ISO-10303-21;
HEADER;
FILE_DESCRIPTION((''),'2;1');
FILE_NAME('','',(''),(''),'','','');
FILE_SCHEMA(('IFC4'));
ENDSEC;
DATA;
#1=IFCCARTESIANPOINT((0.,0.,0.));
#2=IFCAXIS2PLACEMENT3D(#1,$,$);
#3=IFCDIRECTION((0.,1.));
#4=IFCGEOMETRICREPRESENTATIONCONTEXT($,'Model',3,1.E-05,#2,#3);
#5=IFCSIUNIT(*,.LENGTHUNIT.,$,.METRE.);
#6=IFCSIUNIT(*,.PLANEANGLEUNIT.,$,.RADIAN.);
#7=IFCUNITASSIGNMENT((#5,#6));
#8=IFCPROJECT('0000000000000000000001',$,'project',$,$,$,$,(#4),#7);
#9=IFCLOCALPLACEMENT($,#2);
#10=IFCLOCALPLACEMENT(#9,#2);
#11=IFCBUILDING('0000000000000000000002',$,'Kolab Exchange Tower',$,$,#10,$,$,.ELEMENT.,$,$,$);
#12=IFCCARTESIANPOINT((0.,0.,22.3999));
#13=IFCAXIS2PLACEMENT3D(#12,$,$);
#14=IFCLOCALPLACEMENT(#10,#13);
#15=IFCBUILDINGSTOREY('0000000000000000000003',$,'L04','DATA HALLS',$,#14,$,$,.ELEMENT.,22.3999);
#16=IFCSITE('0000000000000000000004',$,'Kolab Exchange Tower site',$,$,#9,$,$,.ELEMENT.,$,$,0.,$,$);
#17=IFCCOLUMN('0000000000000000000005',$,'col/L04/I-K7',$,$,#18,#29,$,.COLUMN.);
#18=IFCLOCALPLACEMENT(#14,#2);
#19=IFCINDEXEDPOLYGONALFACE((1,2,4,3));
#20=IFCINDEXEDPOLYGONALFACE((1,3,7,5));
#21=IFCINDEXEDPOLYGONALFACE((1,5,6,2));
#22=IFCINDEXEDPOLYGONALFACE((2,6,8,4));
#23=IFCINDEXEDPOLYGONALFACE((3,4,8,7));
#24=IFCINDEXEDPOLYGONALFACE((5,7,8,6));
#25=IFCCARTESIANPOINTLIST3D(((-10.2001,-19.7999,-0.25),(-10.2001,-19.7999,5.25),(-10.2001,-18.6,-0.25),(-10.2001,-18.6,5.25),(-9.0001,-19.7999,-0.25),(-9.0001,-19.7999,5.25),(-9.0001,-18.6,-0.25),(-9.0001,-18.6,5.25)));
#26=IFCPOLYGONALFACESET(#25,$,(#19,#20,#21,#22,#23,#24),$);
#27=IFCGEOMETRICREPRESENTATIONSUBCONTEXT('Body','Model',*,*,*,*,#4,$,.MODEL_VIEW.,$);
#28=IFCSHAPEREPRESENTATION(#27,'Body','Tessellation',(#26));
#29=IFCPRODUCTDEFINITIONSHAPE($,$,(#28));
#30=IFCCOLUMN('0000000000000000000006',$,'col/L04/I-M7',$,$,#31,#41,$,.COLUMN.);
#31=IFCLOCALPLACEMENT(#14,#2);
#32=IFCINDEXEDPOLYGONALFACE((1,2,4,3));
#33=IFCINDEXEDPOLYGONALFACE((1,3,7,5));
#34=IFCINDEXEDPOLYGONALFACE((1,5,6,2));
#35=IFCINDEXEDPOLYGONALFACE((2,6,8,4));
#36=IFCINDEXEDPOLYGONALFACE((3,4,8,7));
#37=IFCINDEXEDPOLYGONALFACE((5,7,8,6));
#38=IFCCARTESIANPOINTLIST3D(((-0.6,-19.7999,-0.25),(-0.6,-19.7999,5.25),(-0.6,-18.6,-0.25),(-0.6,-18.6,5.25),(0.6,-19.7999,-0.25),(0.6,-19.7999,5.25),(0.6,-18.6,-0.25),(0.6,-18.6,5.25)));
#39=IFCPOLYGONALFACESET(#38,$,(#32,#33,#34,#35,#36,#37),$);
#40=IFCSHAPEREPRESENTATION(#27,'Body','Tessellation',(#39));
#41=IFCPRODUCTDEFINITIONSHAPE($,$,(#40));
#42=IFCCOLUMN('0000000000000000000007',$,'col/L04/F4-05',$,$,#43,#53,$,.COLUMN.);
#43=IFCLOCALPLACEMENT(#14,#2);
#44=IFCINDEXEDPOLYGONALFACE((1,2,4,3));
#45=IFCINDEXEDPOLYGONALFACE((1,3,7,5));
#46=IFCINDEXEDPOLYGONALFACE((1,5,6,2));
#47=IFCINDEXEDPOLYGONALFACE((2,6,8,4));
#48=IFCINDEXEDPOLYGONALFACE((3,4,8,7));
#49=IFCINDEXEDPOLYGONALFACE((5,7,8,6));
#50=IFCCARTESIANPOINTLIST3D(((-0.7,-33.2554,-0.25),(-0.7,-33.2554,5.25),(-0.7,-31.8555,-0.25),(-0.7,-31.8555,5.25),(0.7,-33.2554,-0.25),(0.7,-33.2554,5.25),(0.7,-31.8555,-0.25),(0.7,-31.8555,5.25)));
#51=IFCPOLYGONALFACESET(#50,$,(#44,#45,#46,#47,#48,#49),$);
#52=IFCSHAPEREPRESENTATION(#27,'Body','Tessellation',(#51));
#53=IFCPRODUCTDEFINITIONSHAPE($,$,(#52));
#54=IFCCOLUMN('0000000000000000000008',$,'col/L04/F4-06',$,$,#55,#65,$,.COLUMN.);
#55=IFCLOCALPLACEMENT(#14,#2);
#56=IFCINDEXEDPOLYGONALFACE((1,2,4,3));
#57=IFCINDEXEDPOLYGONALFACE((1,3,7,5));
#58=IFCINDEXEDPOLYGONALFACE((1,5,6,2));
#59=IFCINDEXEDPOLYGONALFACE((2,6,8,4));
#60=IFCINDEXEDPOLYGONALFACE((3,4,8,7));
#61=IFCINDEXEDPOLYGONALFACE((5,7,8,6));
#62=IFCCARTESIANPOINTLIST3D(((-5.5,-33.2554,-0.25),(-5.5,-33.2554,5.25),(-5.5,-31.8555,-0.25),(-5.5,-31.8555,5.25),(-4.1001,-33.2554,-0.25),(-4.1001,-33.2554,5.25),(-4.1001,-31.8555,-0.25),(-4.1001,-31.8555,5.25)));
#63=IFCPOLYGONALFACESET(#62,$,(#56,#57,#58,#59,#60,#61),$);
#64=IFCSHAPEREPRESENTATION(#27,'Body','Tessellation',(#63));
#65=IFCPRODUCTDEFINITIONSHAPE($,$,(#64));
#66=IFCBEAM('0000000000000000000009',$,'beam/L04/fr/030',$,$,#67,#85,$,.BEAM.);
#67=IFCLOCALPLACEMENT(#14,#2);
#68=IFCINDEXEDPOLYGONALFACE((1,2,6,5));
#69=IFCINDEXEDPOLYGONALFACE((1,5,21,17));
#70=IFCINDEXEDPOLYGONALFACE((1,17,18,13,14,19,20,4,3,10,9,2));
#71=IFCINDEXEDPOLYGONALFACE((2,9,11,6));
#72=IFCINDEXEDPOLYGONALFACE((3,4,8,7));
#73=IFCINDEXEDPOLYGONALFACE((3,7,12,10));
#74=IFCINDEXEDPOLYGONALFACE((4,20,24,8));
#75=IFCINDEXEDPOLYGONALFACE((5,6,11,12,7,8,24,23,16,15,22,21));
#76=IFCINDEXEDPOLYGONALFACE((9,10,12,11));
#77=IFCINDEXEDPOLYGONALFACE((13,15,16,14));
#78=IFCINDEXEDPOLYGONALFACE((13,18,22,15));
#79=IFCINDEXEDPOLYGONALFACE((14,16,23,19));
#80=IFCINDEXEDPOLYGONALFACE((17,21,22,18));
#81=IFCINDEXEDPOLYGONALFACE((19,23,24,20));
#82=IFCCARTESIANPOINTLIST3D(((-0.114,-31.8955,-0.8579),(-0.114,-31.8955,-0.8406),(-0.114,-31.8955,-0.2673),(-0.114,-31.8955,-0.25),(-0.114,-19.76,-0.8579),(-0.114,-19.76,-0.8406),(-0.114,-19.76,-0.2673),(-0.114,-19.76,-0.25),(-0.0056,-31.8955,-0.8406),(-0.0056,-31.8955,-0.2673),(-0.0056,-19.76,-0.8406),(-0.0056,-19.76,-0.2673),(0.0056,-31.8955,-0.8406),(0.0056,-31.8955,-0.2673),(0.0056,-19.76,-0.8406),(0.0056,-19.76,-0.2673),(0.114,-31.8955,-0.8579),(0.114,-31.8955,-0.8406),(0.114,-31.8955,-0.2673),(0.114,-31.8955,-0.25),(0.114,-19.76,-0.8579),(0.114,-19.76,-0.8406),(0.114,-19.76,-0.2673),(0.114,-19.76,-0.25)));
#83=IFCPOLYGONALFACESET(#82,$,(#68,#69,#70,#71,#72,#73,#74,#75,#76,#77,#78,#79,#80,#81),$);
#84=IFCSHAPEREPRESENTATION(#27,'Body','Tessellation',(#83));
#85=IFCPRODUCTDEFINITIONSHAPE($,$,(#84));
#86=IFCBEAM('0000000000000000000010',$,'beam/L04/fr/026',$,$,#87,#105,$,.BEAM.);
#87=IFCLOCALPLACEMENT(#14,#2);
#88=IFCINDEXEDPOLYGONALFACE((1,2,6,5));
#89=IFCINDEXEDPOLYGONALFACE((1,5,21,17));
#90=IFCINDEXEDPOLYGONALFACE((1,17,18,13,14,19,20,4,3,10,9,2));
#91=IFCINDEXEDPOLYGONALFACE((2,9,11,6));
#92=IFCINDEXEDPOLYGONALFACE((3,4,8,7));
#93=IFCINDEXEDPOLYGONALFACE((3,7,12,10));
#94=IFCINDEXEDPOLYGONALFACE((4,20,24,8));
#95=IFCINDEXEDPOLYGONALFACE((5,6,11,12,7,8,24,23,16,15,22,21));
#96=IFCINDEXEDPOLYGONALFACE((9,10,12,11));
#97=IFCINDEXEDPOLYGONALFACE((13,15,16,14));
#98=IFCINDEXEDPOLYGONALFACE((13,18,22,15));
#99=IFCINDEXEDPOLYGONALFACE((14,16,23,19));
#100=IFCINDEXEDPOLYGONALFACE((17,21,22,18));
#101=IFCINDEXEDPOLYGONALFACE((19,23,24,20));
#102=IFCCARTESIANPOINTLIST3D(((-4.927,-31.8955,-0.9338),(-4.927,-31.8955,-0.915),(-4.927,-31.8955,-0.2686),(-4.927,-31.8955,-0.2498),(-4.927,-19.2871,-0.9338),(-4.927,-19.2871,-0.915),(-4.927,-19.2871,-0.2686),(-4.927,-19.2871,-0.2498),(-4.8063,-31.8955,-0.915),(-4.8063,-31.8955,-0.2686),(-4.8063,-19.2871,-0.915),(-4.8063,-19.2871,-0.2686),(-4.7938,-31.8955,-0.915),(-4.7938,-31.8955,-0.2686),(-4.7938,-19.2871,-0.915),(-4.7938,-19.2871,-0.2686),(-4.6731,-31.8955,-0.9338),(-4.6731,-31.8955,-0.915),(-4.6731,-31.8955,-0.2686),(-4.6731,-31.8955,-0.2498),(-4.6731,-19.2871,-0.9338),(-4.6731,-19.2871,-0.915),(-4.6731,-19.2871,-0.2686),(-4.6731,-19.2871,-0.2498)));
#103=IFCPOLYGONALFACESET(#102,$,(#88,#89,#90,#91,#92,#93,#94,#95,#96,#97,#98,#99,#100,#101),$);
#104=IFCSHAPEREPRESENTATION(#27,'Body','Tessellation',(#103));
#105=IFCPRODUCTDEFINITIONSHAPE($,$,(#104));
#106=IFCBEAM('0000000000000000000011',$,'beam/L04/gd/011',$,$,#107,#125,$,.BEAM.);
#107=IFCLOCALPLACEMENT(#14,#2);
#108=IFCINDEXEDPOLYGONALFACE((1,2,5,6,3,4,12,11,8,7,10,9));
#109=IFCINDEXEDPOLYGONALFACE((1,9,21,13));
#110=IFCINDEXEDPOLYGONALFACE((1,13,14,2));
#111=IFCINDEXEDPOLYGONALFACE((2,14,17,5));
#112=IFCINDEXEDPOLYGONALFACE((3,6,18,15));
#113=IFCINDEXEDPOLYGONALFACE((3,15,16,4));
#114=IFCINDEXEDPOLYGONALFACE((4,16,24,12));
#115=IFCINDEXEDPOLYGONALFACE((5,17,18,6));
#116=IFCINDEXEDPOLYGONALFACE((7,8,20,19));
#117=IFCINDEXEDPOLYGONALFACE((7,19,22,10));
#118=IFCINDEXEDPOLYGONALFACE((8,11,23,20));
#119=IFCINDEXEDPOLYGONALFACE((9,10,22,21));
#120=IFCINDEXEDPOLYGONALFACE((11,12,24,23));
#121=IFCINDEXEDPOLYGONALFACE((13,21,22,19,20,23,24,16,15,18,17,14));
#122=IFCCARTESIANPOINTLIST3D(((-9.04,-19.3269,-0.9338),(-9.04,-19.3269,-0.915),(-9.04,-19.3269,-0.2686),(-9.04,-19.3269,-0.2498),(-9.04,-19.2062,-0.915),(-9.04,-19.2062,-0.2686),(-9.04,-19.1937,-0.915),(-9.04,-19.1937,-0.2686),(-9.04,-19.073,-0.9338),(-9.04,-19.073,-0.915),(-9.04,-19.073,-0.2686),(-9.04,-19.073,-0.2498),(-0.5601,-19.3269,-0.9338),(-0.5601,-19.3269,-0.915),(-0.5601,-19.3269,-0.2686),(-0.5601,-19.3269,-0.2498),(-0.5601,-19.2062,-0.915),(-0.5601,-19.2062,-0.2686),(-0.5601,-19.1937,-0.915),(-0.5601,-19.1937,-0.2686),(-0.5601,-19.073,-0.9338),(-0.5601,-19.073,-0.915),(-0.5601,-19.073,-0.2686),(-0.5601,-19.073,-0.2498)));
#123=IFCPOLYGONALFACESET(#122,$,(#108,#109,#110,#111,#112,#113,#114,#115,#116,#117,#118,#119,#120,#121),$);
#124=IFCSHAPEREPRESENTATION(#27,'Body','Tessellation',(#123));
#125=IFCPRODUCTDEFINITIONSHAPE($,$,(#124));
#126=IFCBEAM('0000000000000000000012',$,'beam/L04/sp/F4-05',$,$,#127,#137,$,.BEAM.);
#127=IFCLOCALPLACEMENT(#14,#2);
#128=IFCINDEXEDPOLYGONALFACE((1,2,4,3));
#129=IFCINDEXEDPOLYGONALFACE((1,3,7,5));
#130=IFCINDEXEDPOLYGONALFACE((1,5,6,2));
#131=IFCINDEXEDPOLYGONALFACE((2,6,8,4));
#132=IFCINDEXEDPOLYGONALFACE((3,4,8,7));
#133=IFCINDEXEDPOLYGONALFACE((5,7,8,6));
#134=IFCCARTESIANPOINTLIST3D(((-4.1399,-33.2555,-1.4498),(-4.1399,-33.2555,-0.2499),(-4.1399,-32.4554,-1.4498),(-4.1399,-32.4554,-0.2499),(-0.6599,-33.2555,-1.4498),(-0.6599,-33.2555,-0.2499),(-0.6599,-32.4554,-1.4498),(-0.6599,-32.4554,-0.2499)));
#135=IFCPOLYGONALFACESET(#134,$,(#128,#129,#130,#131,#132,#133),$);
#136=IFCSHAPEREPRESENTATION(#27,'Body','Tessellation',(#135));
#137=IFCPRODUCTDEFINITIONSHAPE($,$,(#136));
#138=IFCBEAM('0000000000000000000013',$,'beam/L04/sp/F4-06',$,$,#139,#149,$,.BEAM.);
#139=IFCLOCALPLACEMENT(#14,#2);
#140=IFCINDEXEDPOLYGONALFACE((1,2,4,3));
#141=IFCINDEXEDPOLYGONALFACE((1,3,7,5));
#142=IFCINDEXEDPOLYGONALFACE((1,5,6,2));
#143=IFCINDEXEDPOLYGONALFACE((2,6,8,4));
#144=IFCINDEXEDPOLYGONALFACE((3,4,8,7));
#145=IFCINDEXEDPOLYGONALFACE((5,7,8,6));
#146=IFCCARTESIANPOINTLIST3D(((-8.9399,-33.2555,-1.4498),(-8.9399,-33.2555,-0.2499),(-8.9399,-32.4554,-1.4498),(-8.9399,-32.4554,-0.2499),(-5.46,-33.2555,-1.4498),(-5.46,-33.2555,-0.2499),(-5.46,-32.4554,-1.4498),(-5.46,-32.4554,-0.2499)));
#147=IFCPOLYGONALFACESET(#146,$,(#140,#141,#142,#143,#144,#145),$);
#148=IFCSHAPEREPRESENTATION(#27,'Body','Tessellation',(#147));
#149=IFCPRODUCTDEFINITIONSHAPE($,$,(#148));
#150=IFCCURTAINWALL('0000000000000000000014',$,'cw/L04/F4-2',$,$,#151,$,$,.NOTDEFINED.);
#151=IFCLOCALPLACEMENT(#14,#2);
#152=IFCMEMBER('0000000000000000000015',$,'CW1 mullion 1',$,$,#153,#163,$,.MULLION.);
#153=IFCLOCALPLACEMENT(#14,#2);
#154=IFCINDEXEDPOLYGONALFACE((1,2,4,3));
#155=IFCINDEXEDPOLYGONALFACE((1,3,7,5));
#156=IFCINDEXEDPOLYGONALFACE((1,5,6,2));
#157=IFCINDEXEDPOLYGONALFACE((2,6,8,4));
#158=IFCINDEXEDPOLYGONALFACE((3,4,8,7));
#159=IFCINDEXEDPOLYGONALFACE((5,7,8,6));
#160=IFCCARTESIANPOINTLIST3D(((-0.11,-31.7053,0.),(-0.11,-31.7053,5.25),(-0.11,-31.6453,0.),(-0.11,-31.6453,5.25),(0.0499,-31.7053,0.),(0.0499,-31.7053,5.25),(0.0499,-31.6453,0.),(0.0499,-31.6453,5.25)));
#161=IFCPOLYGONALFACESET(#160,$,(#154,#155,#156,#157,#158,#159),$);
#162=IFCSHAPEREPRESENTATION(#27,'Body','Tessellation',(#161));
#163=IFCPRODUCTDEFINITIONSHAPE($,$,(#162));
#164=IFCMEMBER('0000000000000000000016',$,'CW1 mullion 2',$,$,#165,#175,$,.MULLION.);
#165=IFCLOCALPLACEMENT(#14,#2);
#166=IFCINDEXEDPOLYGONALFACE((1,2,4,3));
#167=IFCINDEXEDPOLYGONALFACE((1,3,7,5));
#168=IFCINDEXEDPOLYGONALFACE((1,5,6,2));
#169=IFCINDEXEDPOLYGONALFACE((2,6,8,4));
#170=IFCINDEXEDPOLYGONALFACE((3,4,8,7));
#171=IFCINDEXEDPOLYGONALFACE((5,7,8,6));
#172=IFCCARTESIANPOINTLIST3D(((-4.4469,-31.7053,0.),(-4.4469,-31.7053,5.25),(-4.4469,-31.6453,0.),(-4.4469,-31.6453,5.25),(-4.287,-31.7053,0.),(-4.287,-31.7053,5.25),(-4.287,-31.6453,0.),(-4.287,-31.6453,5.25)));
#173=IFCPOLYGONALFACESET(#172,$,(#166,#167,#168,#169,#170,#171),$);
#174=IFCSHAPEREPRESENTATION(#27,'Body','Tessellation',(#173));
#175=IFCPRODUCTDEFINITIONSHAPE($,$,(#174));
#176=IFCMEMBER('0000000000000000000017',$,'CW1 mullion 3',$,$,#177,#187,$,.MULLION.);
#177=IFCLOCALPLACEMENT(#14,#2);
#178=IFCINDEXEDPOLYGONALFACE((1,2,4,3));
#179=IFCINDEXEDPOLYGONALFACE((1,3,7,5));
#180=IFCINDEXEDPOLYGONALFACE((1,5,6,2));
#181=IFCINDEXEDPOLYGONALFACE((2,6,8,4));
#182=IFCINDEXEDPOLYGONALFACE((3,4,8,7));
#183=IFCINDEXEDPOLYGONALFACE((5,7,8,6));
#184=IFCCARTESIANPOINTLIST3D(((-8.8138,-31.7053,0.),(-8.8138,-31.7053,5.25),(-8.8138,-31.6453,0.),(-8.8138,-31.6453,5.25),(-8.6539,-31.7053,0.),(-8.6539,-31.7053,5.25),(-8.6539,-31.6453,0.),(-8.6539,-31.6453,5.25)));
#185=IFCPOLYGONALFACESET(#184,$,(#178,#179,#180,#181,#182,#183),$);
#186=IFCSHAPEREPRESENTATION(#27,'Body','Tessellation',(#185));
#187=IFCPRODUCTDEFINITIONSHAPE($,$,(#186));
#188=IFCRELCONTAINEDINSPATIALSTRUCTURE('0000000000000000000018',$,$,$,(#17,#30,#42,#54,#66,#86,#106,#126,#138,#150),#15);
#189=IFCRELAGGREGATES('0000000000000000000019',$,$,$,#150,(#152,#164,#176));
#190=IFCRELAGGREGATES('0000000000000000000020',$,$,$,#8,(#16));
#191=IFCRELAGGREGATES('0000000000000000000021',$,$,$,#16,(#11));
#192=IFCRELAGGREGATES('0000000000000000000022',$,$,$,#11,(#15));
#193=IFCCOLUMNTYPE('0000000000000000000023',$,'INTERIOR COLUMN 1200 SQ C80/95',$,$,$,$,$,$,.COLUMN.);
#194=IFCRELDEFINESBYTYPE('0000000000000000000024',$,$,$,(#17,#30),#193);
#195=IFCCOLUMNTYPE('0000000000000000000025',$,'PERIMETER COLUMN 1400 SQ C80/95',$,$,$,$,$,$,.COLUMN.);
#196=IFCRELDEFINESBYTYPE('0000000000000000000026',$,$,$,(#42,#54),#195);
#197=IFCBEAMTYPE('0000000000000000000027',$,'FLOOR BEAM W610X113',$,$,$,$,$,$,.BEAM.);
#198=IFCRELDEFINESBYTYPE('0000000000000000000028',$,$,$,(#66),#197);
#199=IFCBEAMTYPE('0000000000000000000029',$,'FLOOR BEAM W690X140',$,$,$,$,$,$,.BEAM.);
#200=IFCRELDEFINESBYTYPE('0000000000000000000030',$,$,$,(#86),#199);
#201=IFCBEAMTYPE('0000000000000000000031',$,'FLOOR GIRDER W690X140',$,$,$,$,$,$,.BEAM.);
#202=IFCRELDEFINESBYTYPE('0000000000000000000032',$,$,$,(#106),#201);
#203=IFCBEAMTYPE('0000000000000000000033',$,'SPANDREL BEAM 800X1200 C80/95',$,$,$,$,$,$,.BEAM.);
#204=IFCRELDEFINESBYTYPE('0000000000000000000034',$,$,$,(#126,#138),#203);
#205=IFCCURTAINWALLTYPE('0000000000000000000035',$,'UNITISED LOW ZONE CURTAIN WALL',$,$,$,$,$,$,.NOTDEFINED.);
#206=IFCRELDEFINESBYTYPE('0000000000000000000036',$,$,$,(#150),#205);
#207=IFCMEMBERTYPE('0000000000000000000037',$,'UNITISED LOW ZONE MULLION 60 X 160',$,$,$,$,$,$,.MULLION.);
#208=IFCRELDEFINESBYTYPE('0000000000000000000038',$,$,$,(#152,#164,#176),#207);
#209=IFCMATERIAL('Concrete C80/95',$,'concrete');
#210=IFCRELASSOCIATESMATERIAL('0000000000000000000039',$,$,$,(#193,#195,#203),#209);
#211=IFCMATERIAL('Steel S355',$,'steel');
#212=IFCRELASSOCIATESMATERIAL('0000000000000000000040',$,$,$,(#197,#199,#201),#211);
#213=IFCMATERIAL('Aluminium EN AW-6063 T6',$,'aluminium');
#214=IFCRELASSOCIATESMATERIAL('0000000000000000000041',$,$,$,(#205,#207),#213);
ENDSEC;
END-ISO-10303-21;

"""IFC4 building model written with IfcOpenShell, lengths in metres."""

from ifc_helpers import new_model, si_unit, direction, frame, origin, origin_2d, place, context, subcontext, project, spatial, rectangle, i_section, extrude, material, material_profile, profile_set, type_object, element, aggregate, save


model = new_model("IFC4")

# Units and contexts
model_context = context("Model", 3, precision=1e-05, world=origin(), true_north=direction((0.0, 1.0)))
body_context = subcontext(model_context, "Body", "Model", "MODEL_VIEW")
ifc_project = project(units=[si_unit("LENGTHUNIT", "METRE"), si_unit("PLANEANGLEUNIT", "RADIAN")], contexts=[model_context])

# Site, building, storey
site_placement = place(None, origin())
site = spatial("IfcSite", under=ifc_project, at=site_placement, Name="Kolab Exchange Tower site", CompositionType="ELEMENT", RefElevation=0.0)
building_placement = place(site_placement, origin())
building = spatial("IfcBuilding", under=site, at=building_placement, Name="Kolab Exchange Tower", CompositionType="ELEMENT")
storey_placement = place(building_placement, frame((0.0, 0.0, 22.3999)))
storey = spatial("IfcBuildingStorey", under=building, at=storey_placement, Name="L04", Description="DATA HALLS", CompositionType="ELEMENT", Elevation=22.3999)

# Columns
ifc_material_1 = material(Name="Concrete C80/95", Category="concrete")
ifc_material_profile_1 = material_profile(ifc_material_1, rectangle(XDim=1.2, YDim=1.2, at=origin_2d()), Name="RC1200")
ifc_profile_set_1 = profile_set([ifc_material_profile_1], Name="Concrete C80/95")
column_type_1 = type_object("IfcColumnType", Name="INTERIOR COLUMN 1200 SQ C80/95", PredefinedType="COLUMN", material=ifc_profile_set_1)
for number, where, z_axis, x_axis, name in (
    (1, (-9.6001, -19.2, -0.25), (0.0, 0.0, 1.0), (1.0, 0.0, 0.0), "col/L04/I-K7"),
    (2, (0.0, -19.2, -0.25), (0.0, 0.0, 1.0), (1.0, 0.0, 0.0), "col/L04/I-M7"),
):
    element("IfcColumn", number, at=place(storey_placement, frame(where, z_axis=z_axis, x_axis=x_axis)), inside=storey, type_object=column_type_1, Name=name, PredefinedType="COLUMN", context=body_context, shape_type="SweptSolid", body=[
        extrude(rectangle(XDim=1.2, YDim=1.2, at=origin_2d()), origin(), (0.0, 0.0, 1.0), 5.5),
    ])
ifc_material_profile_2 = material_profile(ifc_material_1, rectangle(XDim=1.3999, YDim=1.3999, at=origin_2d()), Name="RC1400")
ifc_profile_set_2 = profile_set([ifc_material_profile_2], Name="Concrete C80/95")
column_type_2 = type_object("IfcColumnType", Name="PERIMETER COLUMN 1400 SQ C80/95", PredefinedType="COLUMN", material=ifc_profile_set_2)
for number, where, z_axis, x_axis, name in (
    (3, (0.0, -32.5554, -0.25), (0.0, 0.0, 1.0), (1.0, 0.0, 0.0), "col/L04/F4-05"),
    (4, (-4.8, -32.5554, -0.25), (0.0, 0.0, 1.0), (1.0, 0.0, 0.0), "col/L04/F4-06"),
):
    element("IfcColumn", number, at=place(storey_placement, frame(where, z_axis=z_axis, x_axis=x_axis)), inside=storey, type_object=column_type_2, Name=name, PredefinedType="COLUMN", context=body_context, shape_type="SweptSolid", body=[
        extrude(rectangle(XDim=1.3999, YDim=1.3999, at=origin_2d()), origin(), (0.0, 0.0, 1.0), 5.5),
    ])

# Beams
ifc_material_2 = material(Name="Steel S355", Category="steel")
ifc_material_profile_3 = material_profile(ifc_material_2, i_section(OverallWidth=0.228, OverallDepth=0.6079, WebThickness=0.0112, FlangeThickness=0.0173, at=origin_2d()), Name="W610X113")
ifc_profile_set_3 = profile_set([ifc_material_profile_3], Name="Steel S355")
beam_type_1 = type_object("IfcBeamType", Name="FLOOR BEAM W610X113", PredefinedType="BEAM", material=ifc_profile_set_3)
beam_1_placement = place(storey_placement, frame((0.0, -31.8955, -0.554), z_axis=(0.0, 1.0, 0.0), x_axis=(-1.0, 0.0, 0.0)))
element("IfcBeam", 5, at=beam_1_placement, inside=storey, type_object=beam_type_1, Name="beam/L04/fr/030", PredefinedType="BEAM", context=body_context, shape_type="SweptSolid", body=[
    extrude(i_section(OverallWidth=0.228, OverallDepth=0.6079, WebThickness=0.0112, FlangeThickness=0.0173, at=origin_2d()), origin(), (0.0, 0.0, 1.0), 12.1355),
])
ifc_material_profile_4 = material_profile(ifc_material_2, i_section(OverallWidth=0.2539, OverallDepth=0.6841, WebThickness=0.0125, FlangeThickness=0.0188, at=origin_2d()), Name="W690X140")
ifc_profile_set_4 = profile_set([ifc_material_profile_4], Name="Steel S355")
beam_type_2 = type_object("IfcBeamType", Name="FLOOR BEAM W690X140", PredefinedType="BEAM", material=ifc_profile_set_4)
beam_2_placement = place(storey_placement, frame((-4.8, -31.8955, -0.5918), z_axis=(0.0, 1.0, 0.0), x_axis=(-1.0, 0.0, 0.0)))
element("IfcBeam", 6, at=beam_2_placement, inside=storey, type_object=beam_type_2, Name="beam/L04/fr/026", PredefinedType="BEAM", context=body_context, shape_type="SweptSolid", body=[
    extrude(i_section(OverallWidth=0.2539, OverallDepth=0.6841, WebThickness=0.0125, FlangeThickness=0.0188, at=origin_2d()), origin(), (0.0, 0.0, 1.0), 12.6084),
])
ifc_material_profile_5 = material_profile(ifc_material_2, i_section(OverallWidth=0.2539, OverallDepth=0.6841, WebThickness=0.0125, FlangeThickness=0.0188, at=origin_2d()), Name="W690X140")
ifc_profile_set_5 = profile_set([ifc_material_profile_5], Name="Steel S355")
beam_type_3 = type_object("IfcBeamType", Name="FLOOR GIRDER W690X140", PredefinedType="BEAM", material=ifc_profile_set_5)
beam_3_placement = place(storey_placement, frame((-9.04, -19.2, -0.5918), z_axis=(1.0, 0.0, 0.0), x_axis=(0.0, 1.0, 0.0)))
element("IfcBeam", 7, at=beam_3_placement, inside=storey, type_object=beam_type_3, Name="beam/L04/gd/011", PredefinedType="BEAM", context=body_context, shape_type="SweptSolid", body=[
    extrude(i_section(OverallWidth=0.2539, OverallDepth=0.6841, WebThickness=0.0125, FlangeThickness=0.0188, at=origin_2d()), origin(), (0.0, 0.0, 1.0), 8.48),
])
ifc_material_profile_6 = material_profile(ifc_material_1, rectangle(XDim=0.8, YDim=1.2, at=origin_2d()), Name="RC800X1200")
ifc_profile_set_6 = profile_set([ifc_material_profile_6], Name="Concrete C80/95")
beam_type_4 = type_object("IfcBeamType", Name="SPANDREL BEAM 800X1200 C80/95", PredefinedType="BEAM", material=ifc_profile_set_6)
for number, where, z_axis, x_axis, name in (
    (8, (-0.6599, -32.8555, -0.8499), (-1.0, 0.0, 0.0), (0.0, -1.0, 0.0), "beam/L04/sp/F4-05"),
    (9, (-5.46, -32.8555, -0.8499), (-1.0, 0.0, 0.0), (0.0, -1.0, 0.0), "beam/L04/sp/F4-06"),
):
    element("IfcBeam", number, at=place(storey_placement, frame(where, z_axis=z_axis, x_axis=x_axis)), inside=storey, type_object=beam_type_4, Name=name, PredefinedType="BEAM", context=body_context, shape_type="SweptSolid", body=[
        extrude(rectangle(XDim=0.8, YDim=1.2, at=origin_2d()), origin(), (0.0, 0.0, 1.0), 3.48),
    ])

# Curtain wall, members
ifc_material_3 = material(Name="Aluminium EN AW-6063 T6", Category="aluminium")
curtain_wall_type = type_object("IfcCurtainWallType", Name="UNITISED LOW ZONE CURTAIN WALL", PredefinedType="NOTDEFINED", material=ifc_material_3)
curtain_wall_placement = place(storey_placement, origin())
curtain_wall = element("IfcCurtainWall", 10, at=curtain_wall_placement, inside=storey, type_object=curtain_wall_type, Name="cw/L04/F4-2", PredefinedType="NOTDEFINED")
ifc_material_profile_7 = material_profile(ifc_material_3, rectangle(XDim=0.0601, YDim=0.1599, at=origin_2d()), Name="RECT 60X160")
ifc_profile_set_7 = profile_set([ifc_material_profile_7], Name="Aluminium EN AW-6063 T6")
member_type_1 = type_object("IfcMemberType", Name="UNITISED LOW ZONE MULLION 60 X 160", PredefinedType="MULLION", material=ifc_profile_set_7)
member_1_placement = place(storey_placement, frame((-0.03, -31.6753, 0.0), z_axis=(0.0, 0.0, 1.0), x_axis=(0.0, -1.0, 0.0)))
member_1 = element("IfcMember", 11, at=member_1_placement, type_object=member_type_1, Name="CW1 mullion 1", PredefinedType="MULLION", context=body_context, shape_type="SweptSolid", body=[
    extrude(rectangle(XDim=0.0601, YDim=0.1599, at=origin_2d()), origin(), (0.0, 0.0, 1.0), 5.25),
])
member_2_placement = place(storey_placement, frame((-4.3669, -31.6753, 0.0), z_axis=(0.0, 0.0, 1.0), x_axis=(0.0, -1.0, 0.0)))
member_2 = element("IfcMember", 12, at=member_2_placement, type_object=member_type_1, Name="CW1 mullion 2", PredefinedType="MULLION", context=body_context, shape_type="SweptSolid", body=[
    extrude(rectangle(XDim=0.0601, YDim=0.1599, at=origin_2d()), origin(), (0.0, 0.0, 1.0), 5.25),
])
member_3_placement = place(storey_placement, frame((-8.7339, -31.6753, 0.0), z_axis=(0.0, 0.0, 1.0), x_axis=(0.0, -1.0, 0.0)))
member_3 = element("IfcMember", 13, at=member_3_placement, type_object=member_type_1, Name="CW1 mullion 3", PredefinedType="MULLION", context=body_context, shape_type="SweptSolid", body=[
    extrude(rectangle(XDim=0.0601, YDim=0.1599, at=origin_2d()), origin(), (0.0, 0.0, 1.0), 5.25),
])
aggregate(curtain_wall, [member_1, member_2, member_3])

save(model, "model.ifc")
